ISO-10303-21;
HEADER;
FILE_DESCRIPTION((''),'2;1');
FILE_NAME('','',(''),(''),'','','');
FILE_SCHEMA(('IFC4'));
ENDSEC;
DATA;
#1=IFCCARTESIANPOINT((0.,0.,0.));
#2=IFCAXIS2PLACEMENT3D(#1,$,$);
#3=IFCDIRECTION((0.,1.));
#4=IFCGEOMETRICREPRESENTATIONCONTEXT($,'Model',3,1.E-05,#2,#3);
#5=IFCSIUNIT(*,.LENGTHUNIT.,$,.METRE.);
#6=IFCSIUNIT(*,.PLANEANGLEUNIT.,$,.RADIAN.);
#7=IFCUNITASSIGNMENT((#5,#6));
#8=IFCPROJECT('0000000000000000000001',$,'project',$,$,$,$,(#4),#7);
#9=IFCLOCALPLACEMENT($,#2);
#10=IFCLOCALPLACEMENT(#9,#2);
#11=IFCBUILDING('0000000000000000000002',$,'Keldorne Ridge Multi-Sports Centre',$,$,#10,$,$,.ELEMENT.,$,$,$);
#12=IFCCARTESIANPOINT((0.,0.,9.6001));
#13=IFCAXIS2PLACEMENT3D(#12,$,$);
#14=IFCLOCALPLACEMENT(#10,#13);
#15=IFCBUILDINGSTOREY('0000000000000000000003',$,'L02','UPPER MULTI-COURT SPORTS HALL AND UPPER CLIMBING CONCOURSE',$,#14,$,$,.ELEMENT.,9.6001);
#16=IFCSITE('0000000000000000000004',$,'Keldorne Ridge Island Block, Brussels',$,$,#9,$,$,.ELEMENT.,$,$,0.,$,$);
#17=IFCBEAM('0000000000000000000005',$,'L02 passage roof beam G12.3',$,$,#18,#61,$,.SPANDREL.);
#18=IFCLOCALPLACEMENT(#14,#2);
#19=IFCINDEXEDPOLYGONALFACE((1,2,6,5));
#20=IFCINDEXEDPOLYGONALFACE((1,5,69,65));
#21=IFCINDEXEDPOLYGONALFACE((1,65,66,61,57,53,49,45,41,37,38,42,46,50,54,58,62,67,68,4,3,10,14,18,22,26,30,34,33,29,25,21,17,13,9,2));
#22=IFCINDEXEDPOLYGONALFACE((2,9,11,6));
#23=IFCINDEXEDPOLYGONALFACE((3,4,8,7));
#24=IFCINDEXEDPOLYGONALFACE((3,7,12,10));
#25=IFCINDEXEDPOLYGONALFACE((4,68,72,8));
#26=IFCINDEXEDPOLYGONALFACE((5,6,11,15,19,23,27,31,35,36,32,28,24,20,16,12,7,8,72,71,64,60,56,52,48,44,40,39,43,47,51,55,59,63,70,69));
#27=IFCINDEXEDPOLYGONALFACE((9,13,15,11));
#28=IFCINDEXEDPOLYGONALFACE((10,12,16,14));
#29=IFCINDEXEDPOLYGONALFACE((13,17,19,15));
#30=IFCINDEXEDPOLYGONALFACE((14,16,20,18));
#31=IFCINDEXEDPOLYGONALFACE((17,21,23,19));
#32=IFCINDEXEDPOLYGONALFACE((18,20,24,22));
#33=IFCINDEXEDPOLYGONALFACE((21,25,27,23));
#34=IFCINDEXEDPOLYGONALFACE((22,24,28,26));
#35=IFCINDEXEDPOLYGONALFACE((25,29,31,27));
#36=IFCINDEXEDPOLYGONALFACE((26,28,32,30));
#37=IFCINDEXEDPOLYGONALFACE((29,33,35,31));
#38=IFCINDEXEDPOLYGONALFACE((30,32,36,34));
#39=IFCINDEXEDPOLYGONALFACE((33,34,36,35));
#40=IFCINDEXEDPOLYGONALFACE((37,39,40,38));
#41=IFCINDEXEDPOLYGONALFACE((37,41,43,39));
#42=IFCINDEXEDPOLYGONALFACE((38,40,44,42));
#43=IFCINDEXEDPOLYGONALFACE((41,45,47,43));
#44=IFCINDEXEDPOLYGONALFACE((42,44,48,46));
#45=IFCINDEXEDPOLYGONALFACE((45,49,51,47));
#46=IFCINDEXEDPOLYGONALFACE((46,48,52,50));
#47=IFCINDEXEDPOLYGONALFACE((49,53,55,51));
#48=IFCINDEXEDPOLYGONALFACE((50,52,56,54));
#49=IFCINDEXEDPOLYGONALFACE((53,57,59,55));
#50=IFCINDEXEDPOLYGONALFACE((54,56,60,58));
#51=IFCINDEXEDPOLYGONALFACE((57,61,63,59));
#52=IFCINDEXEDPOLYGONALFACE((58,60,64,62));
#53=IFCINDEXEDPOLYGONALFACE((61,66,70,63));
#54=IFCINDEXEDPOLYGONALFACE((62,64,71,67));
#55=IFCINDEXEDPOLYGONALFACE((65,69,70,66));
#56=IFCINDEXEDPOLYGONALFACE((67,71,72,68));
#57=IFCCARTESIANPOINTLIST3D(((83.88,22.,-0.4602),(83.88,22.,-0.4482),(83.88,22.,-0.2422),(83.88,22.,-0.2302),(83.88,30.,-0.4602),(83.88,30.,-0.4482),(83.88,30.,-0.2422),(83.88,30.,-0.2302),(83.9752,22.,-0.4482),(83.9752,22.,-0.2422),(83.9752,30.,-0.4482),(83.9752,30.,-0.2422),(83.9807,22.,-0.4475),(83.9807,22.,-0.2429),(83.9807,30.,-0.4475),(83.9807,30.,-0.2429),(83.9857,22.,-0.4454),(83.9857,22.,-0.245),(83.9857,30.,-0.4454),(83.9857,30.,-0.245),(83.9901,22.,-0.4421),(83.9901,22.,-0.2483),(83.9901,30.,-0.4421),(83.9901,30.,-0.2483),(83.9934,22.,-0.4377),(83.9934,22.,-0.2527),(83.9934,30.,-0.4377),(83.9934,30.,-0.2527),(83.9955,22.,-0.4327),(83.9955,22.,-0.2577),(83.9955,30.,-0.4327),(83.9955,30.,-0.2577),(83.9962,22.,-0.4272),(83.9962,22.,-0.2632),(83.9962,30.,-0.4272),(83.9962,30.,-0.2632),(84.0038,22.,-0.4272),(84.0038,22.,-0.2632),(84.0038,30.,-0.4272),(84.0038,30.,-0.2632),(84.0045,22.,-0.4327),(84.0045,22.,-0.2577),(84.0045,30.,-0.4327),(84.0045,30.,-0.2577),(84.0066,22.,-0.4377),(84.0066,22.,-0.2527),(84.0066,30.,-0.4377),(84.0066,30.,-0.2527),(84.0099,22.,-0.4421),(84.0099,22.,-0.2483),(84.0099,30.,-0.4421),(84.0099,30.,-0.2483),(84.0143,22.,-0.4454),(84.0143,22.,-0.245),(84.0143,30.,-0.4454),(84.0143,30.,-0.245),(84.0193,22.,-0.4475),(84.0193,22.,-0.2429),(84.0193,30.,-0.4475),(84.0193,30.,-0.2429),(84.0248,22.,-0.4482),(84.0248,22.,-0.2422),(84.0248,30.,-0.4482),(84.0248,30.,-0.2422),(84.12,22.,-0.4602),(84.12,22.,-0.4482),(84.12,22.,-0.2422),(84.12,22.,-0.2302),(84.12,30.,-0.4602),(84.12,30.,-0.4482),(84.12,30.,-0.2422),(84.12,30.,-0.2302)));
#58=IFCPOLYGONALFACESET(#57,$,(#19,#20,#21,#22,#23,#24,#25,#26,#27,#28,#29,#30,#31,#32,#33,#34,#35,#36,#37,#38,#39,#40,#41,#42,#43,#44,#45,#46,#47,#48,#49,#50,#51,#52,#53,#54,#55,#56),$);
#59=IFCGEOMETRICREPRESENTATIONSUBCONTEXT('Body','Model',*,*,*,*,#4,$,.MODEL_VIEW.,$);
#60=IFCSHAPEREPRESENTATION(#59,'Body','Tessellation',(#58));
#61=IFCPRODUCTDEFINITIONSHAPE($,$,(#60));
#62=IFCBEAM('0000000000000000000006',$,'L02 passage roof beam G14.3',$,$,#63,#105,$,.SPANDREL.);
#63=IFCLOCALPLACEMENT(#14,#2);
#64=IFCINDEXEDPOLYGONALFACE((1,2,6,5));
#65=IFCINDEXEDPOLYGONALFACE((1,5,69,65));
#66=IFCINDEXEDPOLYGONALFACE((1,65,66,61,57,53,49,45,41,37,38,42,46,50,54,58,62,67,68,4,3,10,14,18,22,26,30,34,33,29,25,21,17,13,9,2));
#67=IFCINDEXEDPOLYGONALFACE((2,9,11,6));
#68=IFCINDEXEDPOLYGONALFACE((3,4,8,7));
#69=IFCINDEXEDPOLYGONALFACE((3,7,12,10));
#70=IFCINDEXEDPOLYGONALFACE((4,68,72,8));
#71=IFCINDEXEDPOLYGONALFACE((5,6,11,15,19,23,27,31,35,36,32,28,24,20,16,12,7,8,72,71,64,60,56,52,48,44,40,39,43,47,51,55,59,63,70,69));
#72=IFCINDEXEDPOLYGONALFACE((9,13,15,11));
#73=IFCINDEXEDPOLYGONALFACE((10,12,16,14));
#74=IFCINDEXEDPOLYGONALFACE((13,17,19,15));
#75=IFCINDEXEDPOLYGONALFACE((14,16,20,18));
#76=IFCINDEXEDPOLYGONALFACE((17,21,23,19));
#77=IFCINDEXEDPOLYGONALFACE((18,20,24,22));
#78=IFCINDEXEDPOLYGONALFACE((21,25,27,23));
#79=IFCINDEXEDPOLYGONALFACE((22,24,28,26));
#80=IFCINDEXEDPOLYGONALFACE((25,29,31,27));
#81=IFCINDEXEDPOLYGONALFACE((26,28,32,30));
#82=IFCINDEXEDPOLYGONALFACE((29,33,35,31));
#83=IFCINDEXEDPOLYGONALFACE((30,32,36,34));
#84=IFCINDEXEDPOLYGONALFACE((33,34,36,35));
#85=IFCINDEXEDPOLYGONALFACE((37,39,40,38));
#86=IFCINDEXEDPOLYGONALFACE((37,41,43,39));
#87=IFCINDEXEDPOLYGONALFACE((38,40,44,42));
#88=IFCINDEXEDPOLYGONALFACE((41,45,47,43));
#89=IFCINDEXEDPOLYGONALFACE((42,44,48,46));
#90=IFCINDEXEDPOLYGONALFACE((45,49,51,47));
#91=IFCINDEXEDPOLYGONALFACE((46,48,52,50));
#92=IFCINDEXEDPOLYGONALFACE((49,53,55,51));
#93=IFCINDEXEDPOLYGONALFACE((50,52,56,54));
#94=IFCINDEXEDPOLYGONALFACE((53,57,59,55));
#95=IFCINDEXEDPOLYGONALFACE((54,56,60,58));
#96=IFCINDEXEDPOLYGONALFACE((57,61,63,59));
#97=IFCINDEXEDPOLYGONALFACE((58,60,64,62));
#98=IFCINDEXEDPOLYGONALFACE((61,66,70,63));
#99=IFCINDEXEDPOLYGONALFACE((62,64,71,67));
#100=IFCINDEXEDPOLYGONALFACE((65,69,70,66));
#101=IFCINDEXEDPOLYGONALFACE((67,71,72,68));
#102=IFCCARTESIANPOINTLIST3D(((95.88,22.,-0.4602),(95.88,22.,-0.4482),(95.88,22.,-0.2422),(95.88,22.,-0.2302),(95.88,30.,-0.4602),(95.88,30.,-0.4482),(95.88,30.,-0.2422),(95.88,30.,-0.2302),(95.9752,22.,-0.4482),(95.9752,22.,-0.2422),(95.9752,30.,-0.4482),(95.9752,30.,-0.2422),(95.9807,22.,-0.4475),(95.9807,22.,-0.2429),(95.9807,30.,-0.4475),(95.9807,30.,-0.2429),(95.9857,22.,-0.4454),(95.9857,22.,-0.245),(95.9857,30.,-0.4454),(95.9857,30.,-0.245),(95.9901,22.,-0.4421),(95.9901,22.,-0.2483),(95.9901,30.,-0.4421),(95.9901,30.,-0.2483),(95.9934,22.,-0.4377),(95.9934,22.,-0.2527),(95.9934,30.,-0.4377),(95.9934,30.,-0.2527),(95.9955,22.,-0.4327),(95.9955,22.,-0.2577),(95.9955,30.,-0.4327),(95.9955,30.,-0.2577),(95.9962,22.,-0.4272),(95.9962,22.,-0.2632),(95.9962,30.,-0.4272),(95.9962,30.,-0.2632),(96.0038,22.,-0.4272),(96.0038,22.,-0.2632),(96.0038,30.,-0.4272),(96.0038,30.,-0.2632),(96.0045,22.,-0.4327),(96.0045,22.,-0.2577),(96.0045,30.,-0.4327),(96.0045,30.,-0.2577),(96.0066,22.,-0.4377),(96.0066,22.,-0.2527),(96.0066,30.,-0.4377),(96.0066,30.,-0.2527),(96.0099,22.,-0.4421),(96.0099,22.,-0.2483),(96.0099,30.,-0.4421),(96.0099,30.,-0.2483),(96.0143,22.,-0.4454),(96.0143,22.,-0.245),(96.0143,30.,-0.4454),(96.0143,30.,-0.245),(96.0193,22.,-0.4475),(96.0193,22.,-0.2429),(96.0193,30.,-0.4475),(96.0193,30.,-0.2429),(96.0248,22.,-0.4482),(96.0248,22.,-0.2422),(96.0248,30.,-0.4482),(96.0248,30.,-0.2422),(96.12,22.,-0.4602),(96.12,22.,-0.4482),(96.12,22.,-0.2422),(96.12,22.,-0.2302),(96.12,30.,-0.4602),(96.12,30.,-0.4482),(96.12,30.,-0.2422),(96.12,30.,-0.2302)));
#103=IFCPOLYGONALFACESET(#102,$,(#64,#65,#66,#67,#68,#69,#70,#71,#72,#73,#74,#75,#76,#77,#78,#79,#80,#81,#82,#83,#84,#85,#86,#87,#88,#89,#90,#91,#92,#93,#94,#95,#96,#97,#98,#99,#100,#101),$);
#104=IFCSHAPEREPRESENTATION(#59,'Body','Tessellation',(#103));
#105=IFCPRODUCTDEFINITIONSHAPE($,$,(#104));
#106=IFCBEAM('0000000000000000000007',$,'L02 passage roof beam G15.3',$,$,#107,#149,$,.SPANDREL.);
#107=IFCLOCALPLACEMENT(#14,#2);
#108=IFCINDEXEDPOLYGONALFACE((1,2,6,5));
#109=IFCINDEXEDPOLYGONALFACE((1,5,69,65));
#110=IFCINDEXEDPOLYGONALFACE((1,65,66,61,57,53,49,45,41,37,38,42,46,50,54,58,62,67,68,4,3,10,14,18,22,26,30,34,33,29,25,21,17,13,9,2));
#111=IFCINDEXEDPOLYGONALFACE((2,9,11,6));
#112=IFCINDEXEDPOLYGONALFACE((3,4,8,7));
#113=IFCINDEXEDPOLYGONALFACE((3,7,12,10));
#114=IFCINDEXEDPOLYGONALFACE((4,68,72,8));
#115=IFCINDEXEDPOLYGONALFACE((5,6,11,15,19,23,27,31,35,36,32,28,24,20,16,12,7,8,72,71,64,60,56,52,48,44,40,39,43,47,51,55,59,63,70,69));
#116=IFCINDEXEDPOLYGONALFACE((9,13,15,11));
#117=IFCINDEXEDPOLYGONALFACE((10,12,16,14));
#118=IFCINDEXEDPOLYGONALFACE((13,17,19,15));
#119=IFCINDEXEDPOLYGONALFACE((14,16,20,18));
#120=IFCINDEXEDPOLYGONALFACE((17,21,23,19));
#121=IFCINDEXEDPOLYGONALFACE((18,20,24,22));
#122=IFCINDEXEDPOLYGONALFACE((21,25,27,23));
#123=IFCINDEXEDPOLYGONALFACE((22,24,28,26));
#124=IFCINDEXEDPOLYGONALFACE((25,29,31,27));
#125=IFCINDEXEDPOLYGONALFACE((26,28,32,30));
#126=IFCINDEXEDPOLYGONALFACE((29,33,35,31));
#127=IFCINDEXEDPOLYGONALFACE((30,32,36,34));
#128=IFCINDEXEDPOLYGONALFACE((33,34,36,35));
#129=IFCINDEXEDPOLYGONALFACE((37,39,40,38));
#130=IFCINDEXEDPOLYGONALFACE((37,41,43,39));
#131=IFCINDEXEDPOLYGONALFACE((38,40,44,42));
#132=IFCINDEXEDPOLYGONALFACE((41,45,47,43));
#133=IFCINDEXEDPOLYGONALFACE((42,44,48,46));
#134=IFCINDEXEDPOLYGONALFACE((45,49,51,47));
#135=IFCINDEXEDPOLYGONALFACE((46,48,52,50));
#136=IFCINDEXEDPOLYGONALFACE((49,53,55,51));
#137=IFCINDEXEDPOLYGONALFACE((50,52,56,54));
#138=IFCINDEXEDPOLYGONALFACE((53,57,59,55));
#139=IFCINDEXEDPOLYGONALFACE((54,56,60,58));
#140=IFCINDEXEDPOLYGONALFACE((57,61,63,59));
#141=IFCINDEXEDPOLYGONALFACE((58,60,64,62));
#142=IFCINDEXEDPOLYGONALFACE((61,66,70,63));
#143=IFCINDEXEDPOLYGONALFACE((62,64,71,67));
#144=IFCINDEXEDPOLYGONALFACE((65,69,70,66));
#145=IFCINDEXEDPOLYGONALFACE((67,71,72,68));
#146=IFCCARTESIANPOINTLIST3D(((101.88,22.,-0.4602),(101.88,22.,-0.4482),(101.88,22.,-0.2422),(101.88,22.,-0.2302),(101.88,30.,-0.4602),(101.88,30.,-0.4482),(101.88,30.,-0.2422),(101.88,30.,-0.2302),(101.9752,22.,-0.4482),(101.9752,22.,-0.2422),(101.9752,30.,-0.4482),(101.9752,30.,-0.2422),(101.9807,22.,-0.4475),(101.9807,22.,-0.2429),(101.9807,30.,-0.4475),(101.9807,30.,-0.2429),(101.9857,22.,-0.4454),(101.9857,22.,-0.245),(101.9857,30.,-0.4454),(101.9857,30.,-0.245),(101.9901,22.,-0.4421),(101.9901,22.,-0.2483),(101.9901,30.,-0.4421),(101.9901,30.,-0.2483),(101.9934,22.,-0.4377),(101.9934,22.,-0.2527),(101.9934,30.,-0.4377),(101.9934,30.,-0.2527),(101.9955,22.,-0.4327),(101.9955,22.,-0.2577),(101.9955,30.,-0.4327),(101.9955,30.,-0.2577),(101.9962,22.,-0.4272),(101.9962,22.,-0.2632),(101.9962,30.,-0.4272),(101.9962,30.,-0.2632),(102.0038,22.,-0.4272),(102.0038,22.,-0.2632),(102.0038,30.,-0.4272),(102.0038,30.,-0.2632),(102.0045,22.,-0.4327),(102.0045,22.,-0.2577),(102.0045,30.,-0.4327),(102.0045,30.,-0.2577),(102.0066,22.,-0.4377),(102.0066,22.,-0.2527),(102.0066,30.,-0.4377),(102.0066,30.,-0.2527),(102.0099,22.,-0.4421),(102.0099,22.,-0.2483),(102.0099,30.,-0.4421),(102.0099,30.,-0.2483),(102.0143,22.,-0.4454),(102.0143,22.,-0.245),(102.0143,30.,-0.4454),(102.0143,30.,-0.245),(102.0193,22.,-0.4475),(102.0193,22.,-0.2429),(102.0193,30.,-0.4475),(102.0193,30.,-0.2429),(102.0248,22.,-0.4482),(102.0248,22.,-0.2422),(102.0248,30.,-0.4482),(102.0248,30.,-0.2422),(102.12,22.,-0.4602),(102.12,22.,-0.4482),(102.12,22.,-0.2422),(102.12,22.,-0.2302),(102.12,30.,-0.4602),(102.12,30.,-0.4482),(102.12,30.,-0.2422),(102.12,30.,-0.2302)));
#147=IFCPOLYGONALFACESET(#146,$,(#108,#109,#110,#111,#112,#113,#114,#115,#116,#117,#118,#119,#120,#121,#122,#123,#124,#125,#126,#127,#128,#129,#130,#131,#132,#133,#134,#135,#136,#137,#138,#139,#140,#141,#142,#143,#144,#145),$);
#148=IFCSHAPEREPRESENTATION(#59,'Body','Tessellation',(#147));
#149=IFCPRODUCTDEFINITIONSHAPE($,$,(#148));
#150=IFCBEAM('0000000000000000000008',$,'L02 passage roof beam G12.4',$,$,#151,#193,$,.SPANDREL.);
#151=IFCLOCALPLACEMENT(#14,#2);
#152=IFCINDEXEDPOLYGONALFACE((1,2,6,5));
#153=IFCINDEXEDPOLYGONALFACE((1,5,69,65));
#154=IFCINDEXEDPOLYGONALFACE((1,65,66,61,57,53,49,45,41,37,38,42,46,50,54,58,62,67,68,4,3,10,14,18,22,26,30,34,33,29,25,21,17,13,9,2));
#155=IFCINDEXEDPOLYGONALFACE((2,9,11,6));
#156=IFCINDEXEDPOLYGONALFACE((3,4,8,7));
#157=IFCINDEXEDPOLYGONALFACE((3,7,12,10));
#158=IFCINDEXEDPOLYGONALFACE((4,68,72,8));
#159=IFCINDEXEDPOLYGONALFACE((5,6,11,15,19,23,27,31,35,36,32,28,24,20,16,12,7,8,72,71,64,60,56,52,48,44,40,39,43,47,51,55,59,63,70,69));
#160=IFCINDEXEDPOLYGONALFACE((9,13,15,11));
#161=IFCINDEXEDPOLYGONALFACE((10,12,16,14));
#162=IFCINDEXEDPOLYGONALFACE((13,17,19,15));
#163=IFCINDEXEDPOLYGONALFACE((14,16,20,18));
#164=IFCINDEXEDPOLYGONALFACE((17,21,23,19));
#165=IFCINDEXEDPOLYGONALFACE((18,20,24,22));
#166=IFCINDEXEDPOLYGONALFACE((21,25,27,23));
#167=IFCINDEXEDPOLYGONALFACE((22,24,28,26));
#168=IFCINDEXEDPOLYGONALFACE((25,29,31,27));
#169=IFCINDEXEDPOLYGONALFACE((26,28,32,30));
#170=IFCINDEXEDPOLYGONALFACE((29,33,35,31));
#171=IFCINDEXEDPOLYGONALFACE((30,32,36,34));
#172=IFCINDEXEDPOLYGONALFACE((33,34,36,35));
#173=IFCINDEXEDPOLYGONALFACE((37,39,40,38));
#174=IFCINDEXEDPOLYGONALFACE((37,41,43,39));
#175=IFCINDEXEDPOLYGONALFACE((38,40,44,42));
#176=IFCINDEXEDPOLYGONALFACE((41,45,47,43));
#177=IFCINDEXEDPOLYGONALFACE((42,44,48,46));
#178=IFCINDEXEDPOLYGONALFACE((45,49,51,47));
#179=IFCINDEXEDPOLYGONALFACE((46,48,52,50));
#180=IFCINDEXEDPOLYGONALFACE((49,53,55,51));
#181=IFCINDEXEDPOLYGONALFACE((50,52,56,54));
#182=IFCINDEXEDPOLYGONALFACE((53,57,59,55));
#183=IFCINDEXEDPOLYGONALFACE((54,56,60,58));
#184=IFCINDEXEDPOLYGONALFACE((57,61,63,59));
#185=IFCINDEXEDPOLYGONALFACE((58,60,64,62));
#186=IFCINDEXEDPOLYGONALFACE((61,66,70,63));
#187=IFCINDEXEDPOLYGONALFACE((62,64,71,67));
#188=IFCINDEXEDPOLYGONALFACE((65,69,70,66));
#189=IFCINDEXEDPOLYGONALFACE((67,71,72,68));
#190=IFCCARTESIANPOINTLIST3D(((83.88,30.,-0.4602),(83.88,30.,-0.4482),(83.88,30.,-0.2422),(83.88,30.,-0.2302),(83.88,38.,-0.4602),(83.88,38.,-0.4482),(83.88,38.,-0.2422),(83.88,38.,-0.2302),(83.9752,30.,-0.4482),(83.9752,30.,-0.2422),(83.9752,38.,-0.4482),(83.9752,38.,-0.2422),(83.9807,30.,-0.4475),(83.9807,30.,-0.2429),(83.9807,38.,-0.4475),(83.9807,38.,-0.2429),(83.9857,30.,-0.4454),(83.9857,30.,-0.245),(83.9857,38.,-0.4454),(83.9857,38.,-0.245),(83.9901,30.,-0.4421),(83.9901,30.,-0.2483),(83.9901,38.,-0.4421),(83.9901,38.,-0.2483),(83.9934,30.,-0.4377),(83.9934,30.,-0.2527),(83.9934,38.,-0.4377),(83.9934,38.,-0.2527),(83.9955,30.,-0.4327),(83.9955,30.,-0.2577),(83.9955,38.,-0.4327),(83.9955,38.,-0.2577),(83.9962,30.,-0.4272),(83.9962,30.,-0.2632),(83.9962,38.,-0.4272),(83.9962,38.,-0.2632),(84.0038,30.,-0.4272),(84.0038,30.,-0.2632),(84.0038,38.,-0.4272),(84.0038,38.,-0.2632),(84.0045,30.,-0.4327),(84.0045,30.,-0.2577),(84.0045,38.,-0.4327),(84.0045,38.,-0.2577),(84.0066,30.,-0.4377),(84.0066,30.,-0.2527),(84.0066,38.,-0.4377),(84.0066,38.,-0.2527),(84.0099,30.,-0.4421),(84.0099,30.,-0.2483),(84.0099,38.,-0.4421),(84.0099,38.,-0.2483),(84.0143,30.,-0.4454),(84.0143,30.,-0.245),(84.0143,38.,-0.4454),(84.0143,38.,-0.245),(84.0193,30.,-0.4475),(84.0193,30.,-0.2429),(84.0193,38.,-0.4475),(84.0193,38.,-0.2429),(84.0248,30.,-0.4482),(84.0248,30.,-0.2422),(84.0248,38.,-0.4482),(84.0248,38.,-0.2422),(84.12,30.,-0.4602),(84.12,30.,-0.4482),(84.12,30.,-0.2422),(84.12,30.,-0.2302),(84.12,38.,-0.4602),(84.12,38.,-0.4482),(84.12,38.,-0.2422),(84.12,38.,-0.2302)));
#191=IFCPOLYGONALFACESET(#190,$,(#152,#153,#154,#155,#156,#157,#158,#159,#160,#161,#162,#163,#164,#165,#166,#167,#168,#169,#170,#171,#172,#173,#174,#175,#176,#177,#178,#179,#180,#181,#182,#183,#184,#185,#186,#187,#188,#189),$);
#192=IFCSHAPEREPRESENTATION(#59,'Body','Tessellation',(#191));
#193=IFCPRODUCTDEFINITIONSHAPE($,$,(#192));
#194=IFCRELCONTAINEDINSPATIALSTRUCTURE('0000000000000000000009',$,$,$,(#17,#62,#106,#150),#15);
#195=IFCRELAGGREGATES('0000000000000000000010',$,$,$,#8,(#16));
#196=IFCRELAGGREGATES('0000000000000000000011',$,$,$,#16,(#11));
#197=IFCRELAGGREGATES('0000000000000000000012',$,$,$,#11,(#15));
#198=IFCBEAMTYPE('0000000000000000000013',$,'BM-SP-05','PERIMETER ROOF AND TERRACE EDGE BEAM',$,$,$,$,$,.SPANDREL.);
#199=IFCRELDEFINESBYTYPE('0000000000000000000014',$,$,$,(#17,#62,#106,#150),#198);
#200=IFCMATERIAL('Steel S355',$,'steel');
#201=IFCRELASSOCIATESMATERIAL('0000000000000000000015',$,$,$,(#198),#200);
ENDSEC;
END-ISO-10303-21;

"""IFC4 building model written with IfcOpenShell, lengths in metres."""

from ifc_helpers import new_model, si_unit, direction, frame, origin, origin_2d, place, context, subcontext, project, spatial, i_section, extrude, material, material_profile, profile_set, type_object, element, save


model = new_model("IFC4")

# Units and contexts
model_context = context("Model", 3, precision=1e-05, world=origin(), true_north=direction((0.0, 1.0)))
body_context = subcontext(model_context, "Body", "Model", "MODEL_VIEW")
ifc_project = project(units=[si_unit("LENGTHUNIT", "METRE"), si_unit("PLANEANGLEUNIT", "RADIAN")], contexts=[model_context])

# Site, building, storey
site_placement = place(None, origin())
site = spatial("IfcSite", under=ifc_project, at=site_placement, Name="Keldorne Ridge Island Block, Brussels", CompositionType="ELEMENT", RefElevation=0.0)
building_placement = place(site_placement, origin())
building = spatial("IfcBuilding", under=site, at=building_placement, Name="Keldorne Ridge Multi-Sports Centre", CompositionType="ELEMENT")
storey_placement = place(building_placement, frame((0.0, 0.0, 9.6001)))
storey = spatial("IfcBuildingStorey", under=building, at=storey_placement, Name="L02", Description="UPPER MULTI-COURT SPORTS HALL AND UPPER CLIMBING CONCOURSE", CompositionType="ELEMENT", Elevation=9.6001)

# Shared definitions
ifc_material_1 = material(Name="Steel S355", Category="steel")

# Beams
ifc_material_profile_1 = material_profile(ifc_material_1, i_section(OverallWidth=0.24, OverallDepth=0.23, WebThickness=0.0076, FlangeThickness=0.012, FilletRadius=0.021, at=origin_2d()), Name="HEA 240")
ifc_profile_set_1 = profile_set([ifc_material_profile_1], Name="Steel S355")
beam_type_1 = type_object("IfcBeamType", Name="BM-SP-05", Description="PERIMETER ROOF AND TERRACE EDGE BEAM", PredefinedType="SPANDREL", material=ifc_profile_set_1)
for number, where, z_axis, x_axis, name in (
    (1, (84.0, 22.0, -0.3452), (0.0, 1.0, 0.0), (-1.0, 0.0, 0.0), "L02 passage roof beam G12.3"),
    (2, (96.0, 22.0, -0.3452), (0.0, 1.0, 0.0), (-1.0, 0.0, 0.0), "L02 passage roof beam G14.3"),
    (3, (102.0, 22.0, -0.3452), (0.0, 1.0, 0.0), (-1.0, 0.0, 0.0), "L02 passage roof beam G15.3"),
    (4, (84.0, 30.0, -0.3452), (0.0, 1.0, 0.0), (-1.0, 0.0, 0.0), "L02 passage roof beam G12.4"),
):
    element("IfcBeam", number, at=place(storey_placement, frame(where, z_axis=z_axis, x_axis=x_axis)), inside=storey, type_object=beam_type_1, Name=name, PredefinedType="SPANDREL", context=body_context, shape_type="SweptSolid", body=[
        extrude(i_section(OverallWidth=0.24, OverallDepth=0.23, WebThickness=0.0076, FlangeThickness=0.012, FilletRadius=0.021, at=origin_2d()), origin(), (0.0, 0.0, 1.0), 8.0),
    ])

save(model, "model.ifc")
